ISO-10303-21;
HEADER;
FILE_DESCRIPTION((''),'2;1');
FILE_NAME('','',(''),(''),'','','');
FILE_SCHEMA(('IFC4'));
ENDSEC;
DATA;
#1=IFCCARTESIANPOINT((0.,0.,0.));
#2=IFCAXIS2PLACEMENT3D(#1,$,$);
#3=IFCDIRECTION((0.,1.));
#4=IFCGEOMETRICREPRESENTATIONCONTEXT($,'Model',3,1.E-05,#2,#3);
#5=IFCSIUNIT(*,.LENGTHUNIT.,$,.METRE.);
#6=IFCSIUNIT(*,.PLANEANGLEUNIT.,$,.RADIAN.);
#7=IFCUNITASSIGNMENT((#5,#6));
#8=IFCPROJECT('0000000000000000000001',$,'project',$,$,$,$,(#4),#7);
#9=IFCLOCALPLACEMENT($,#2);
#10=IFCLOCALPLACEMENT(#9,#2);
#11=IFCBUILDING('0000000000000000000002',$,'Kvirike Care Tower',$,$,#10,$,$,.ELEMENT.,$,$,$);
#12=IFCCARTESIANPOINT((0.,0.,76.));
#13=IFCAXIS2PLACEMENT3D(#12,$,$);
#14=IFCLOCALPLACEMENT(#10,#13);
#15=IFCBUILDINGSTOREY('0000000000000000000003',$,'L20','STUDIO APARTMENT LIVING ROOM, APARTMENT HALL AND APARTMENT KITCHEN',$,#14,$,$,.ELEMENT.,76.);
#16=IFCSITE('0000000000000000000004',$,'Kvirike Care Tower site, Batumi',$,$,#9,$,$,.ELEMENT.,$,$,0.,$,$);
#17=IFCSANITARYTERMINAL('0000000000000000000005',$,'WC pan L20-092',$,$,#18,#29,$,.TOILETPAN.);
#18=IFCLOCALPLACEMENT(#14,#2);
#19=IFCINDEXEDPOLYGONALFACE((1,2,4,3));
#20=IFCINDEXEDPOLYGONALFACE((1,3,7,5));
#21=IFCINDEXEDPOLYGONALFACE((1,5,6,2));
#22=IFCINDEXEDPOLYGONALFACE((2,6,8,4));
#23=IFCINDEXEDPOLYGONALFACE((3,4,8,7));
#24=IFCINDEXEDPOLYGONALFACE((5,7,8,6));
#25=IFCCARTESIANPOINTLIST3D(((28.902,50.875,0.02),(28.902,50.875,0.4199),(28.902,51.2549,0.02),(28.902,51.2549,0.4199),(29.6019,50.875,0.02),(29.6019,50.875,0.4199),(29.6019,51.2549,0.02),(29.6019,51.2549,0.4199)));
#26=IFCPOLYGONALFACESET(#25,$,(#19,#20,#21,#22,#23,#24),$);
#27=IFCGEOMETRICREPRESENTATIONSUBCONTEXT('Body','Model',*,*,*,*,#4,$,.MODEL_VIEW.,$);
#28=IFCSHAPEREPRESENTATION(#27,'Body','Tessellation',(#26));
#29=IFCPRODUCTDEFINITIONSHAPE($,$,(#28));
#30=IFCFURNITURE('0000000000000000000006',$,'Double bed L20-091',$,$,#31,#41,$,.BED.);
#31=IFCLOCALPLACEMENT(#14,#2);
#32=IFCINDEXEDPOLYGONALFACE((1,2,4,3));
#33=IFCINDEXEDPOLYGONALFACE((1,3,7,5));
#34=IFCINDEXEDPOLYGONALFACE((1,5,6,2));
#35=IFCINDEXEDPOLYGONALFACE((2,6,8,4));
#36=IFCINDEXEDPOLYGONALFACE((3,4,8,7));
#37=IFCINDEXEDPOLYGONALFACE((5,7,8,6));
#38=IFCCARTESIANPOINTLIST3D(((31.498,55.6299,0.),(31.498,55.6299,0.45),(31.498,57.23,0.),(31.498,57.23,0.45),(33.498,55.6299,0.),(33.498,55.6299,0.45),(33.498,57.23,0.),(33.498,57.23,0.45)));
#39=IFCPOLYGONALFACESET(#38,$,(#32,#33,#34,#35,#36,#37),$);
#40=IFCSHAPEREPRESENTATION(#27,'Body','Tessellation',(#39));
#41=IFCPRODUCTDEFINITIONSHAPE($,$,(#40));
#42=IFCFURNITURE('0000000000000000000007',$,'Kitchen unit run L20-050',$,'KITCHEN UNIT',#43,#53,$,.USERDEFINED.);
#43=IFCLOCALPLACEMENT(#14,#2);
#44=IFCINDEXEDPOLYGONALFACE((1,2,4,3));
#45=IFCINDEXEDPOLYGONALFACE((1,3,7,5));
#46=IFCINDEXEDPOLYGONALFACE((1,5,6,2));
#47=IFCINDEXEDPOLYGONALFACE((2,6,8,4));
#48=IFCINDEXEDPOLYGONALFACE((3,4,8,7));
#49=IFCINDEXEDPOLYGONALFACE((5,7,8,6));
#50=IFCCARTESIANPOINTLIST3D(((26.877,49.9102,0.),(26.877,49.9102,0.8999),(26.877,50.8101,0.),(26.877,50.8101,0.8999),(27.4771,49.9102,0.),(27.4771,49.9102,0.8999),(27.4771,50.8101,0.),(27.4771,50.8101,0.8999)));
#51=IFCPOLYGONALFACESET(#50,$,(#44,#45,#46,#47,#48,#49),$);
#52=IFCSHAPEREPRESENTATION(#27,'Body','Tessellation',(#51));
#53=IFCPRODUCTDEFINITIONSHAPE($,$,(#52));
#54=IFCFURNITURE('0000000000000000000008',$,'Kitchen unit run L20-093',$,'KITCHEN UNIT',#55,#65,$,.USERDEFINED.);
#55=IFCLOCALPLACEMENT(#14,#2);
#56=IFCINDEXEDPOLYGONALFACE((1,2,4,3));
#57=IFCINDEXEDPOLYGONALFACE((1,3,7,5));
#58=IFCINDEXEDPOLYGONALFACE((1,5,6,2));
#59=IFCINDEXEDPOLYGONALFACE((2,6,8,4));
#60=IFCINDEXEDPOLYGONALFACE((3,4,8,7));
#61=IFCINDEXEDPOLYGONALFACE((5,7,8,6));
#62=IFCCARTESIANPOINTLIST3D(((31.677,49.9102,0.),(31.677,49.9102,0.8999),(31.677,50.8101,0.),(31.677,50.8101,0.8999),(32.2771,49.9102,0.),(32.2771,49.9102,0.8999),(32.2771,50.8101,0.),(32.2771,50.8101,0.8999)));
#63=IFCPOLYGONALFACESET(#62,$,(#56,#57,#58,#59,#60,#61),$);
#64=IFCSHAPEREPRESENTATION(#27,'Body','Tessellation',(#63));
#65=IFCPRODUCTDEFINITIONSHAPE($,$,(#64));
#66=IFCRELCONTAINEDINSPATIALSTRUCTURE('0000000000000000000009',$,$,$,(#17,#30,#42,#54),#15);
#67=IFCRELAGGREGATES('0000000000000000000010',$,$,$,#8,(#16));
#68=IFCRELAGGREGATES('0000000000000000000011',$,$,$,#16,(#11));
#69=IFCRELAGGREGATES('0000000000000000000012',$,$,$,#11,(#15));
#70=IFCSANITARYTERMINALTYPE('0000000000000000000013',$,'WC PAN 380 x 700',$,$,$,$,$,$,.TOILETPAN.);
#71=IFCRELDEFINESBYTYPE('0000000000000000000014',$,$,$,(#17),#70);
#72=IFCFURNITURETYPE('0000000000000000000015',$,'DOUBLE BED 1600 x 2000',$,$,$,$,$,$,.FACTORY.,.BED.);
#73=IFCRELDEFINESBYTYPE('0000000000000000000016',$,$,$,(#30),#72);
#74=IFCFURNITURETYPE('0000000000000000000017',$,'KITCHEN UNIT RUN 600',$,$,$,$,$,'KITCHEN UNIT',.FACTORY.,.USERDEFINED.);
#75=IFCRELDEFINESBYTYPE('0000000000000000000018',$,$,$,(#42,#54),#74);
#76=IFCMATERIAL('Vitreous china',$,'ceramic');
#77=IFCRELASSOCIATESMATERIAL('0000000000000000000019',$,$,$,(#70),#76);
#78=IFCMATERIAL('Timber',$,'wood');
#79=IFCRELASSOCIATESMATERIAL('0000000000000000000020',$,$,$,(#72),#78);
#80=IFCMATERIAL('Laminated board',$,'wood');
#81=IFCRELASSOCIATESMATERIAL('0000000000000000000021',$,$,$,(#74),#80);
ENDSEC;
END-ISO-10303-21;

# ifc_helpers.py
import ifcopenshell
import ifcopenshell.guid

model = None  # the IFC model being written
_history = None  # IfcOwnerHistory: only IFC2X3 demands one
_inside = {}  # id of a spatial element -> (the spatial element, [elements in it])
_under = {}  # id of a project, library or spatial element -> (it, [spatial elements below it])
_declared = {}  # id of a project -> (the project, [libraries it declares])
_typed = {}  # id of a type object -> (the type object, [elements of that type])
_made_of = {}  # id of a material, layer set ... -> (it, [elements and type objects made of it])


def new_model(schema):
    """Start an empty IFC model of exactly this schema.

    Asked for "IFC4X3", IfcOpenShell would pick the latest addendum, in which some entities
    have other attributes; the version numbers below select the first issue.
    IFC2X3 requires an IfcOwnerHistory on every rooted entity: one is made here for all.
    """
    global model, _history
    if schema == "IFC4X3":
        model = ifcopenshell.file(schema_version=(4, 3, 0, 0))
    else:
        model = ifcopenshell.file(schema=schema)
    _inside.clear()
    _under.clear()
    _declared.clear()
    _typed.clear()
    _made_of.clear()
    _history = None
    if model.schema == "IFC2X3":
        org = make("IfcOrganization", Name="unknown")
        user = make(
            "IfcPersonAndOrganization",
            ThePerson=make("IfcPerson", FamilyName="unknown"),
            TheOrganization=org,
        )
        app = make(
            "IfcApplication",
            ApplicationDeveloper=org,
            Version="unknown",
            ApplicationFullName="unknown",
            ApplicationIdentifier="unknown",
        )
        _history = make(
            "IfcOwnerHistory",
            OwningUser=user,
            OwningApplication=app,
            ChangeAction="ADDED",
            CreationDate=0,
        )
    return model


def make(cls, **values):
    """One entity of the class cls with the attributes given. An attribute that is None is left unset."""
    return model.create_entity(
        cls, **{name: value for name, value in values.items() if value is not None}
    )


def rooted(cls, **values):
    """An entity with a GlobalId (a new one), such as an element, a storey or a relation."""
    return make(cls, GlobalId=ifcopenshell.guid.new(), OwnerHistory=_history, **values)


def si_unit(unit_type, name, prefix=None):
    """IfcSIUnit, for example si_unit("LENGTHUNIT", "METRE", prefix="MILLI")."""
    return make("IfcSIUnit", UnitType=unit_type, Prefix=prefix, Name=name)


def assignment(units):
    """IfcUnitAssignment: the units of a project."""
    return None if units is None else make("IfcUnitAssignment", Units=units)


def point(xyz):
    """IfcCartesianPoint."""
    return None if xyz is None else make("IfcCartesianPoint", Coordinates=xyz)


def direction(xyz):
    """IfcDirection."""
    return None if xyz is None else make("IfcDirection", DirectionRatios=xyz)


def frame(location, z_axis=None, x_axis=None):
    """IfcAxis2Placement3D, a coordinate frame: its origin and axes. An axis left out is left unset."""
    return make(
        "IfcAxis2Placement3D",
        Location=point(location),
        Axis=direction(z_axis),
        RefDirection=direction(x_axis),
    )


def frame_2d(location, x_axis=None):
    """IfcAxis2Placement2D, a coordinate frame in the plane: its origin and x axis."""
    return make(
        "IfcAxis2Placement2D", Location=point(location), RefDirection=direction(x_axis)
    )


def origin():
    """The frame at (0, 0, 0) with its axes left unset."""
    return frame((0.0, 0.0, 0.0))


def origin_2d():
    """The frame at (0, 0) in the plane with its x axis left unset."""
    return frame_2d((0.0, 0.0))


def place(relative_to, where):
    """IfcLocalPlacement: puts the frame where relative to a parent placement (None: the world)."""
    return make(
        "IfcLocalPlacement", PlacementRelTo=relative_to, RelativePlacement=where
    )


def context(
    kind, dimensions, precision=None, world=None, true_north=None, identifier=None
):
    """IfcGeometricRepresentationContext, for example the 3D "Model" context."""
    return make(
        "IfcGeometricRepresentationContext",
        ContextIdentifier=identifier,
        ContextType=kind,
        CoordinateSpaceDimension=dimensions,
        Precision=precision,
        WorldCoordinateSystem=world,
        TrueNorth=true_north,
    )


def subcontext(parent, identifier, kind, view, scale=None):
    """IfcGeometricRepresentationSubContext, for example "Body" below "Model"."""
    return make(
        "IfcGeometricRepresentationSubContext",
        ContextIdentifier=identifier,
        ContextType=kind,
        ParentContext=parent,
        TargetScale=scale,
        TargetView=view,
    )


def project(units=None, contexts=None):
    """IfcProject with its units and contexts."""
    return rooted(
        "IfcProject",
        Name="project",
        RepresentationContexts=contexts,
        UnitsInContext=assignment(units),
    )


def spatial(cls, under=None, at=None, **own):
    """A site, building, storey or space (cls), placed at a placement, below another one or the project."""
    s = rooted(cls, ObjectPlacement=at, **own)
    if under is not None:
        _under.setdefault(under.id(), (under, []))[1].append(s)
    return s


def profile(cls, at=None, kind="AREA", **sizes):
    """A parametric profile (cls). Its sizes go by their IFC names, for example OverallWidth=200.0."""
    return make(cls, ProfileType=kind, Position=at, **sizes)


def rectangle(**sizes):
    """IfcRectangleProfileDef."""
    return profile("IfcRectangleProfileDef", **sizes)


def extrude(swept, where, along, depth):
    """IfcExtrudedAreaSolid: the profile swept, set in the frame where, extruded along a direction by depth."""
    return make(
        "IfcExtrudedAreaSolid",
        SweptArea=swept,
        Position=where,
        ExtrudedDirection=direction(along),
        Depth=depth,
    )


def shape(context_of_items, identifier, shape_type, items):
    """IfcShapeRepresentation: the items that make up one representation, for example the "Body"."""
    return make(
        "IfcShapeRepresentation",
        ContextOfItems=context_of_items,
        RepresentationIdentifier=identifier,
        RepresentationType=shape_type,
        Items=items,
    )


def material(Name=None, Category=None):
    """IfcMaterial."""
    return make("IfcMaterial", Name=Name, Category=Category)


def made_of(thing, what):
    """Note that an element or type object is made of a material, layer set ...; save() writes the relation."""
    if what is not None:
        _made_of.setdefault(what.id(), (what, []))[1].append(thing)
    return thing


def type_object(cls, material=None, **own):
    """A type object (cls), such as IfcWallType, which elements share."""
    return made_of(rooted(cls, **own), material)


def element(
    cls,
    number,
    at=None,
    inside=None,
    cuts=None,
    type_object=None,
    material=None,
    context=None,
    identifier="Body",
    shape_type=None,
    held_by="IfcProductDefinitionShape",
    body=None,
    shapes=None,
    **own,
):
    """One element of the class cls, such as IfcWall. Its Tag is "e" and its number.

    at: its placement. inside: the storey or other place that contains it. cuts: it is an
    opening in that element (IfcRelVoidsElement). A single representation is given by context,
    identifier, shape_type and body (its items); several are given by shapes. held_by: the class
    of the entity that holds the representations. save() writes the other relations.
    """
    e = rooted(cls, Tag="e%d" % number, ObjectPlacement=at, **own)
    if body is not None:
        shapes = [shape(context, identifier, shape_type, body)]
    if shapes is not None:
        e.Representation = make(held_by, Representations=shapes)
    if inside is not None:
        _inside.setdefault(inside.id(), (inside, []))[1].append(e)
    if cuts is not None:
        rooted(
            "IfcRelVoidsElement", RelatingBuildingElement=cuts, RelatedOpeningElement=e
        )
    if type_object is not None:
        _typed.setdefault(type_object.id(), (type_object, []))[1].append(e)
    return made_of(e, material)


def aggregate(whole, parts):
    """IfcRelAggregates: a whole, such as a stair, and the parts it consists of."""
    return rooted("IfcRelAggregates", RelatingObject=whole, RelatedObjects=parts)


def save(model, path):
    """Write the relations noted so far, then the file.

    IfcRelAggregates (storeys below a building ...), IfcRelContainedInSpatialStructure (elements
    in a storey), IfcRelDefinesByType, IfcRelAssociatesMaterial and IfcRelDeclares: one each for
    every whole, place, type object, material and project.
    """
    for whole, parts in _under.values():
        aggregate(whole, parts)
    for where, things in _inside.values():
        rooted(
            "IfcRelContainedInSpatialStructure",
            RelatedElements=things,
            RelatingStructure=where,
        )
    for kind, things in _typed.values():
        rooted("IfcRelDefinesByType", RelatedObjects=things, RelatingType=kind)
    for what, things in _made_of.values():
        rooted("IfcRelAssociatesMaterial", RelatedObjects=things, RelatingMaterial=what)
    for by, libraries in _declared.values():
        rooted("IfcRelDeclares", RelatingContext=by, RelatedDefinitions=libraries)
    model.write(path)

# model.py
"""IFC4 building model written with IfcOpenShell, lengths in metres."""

from ifc_helpers import new_model, si_unit, direction, frame, origin, origin_2d, place, context, subcontext, project, spatial, rectangle, extrude, material, type_object, element, save


model = new_model("IFC4")

# Units and contexts
model_context = context("Model", 3, precision=1e-05, world=origin(), true_north=direction((0.0, 1.0)))
body_context = subcontext(model_context, "Body", "Model", "MODEL_VIEW")
ifc_project = project(units=[si_unit("LENGTHUNIT", "METRE"), si_unit("PLANEANGLEUNIT", "RADIAN")], contexts=[model_context])

# Site, building, storey
site_placement = place(None, origin())
site = spatial("IfcSite", under=ifc_project, at=site_placement, Name="Kvirike Care Tower site, Batumi", CompositionType="ELEMENT", RefElevation=0.0)
building_placement = place(site_placement, origin())
building = spatial("IfcBuilding", under=site, at=building_placement, Name="Kvirike Care Tower", CompositionType="ELEMENT")
storey_placement = place(building_placement, frame((0.0, 0.0, 76.0)))
storey = spatial("IfcBuildingStorey", under=building, at=storey_placement, Name="L20", Description="STUDIO APARTMENT LIVING ROOM, APARTMENT HALL AND APARTMENT KITCHEN", CompositionType="ELEMENT", Elevation=76.0)

# Sanitary terminal
ifc_material_1 = material(Name="Vitreous china", Category="ceramic")
sanitary_terminal_type_1 = type_object("IfcSanitaryTerminalType", Name="WC PAN 380 x 700", PredefinedType="TOILETPAN", material=ifc_material_1)
sanitary_terminal_1_placement = place(storey_placement, frame((29.252, 51.0649, 0.02), z_axis=(0.0, 0.0, 1.0), x_axis=(0.0, 1.0, 0.0)))
element("IfcSanitaryTerminal", 1, at=sanitary_terminal_1_placement, inside=storey, type_object=sanitary_terminal_type_1, Name="WC pan L20-092", PredefinedType="TOILETPAN", context=body_context, shape_type="SweptSolid", body=[
    extrude(rectangle(XDim=0.3799, YDim=0.7, at=origin_2d()), origin(), (0.0, 0.0, 1.0), 0.3999),
])

# Furniture
ifc_material_2 = material(Name="Timber", Category="wood")
furniture_type_1 = type_object("IfcFurnitureType", Name="DOUBLE BED 1600 x 2000", AssemblyPlace="FACTORY", PredefinedType="BED", material=ifc_material_2)
furniture_placement = place(storey_placement, frame((32.498, 56.4299, 0.0), z_axis=(0.0, 0.0, 1.0), x_axis=(0.0, -1.0, 0.0)))
element("IfcFurniture", 2, at=furniture_placement, inside=storey, type_object=furniture_type_1, Name="Double bed L20-091", PredefinedType="BED", context=body_context, shape_type="SweptSolid", body=[
    extrude(rectangle(XDim=1.6001, YDim=2.0, at=origin_2d()), origin(), (0.0, 0.0, 1.0), 0.45),
])
ifc_material_3 = material(Name="Laminated board", Category="wood")
furniture_type_2 = type_object("IfcFurnitureType", Name="KITCHEN UNIT RUN 600", ElementType="KITCHEN UNIT", AssemblyPlace="FACTORY", PredefinedType="USERDEFINED", material=ifc_material_3)
for number, where, z_axis, x_axis, name in (
    (3, (27.177, 50.3601, 0.0), (0.0, 0.0, 1.0), (0.0, 1.0, 0.0), "Kitchen unit run L20-050"),
    (4, (31.9771, 50.3601, 0.0), (0.0, 0.0, 1.0), (0.0, 1.0, 0.0), "Kitchen unit run L20-093"),
):
    element("IfcFurniture", number, at=place(storey_placement, frame(where, z_axis=z_axis, x_axis=x_axis)), inside=storey, type_object=furniture_type_2, Name=name, ObjectType="KITCHEN UNIT", PredefinedType="USERDEFINED", context=body_context, shape_type="SweptSolid", body=[
        extrude(rectangle(XDim=0.8999, YDim=0.6001, at=origin_2d()), origin(), (0.0, 0.0, 1.0), 0.8999),
    ])

save(model, "model.ifc")
